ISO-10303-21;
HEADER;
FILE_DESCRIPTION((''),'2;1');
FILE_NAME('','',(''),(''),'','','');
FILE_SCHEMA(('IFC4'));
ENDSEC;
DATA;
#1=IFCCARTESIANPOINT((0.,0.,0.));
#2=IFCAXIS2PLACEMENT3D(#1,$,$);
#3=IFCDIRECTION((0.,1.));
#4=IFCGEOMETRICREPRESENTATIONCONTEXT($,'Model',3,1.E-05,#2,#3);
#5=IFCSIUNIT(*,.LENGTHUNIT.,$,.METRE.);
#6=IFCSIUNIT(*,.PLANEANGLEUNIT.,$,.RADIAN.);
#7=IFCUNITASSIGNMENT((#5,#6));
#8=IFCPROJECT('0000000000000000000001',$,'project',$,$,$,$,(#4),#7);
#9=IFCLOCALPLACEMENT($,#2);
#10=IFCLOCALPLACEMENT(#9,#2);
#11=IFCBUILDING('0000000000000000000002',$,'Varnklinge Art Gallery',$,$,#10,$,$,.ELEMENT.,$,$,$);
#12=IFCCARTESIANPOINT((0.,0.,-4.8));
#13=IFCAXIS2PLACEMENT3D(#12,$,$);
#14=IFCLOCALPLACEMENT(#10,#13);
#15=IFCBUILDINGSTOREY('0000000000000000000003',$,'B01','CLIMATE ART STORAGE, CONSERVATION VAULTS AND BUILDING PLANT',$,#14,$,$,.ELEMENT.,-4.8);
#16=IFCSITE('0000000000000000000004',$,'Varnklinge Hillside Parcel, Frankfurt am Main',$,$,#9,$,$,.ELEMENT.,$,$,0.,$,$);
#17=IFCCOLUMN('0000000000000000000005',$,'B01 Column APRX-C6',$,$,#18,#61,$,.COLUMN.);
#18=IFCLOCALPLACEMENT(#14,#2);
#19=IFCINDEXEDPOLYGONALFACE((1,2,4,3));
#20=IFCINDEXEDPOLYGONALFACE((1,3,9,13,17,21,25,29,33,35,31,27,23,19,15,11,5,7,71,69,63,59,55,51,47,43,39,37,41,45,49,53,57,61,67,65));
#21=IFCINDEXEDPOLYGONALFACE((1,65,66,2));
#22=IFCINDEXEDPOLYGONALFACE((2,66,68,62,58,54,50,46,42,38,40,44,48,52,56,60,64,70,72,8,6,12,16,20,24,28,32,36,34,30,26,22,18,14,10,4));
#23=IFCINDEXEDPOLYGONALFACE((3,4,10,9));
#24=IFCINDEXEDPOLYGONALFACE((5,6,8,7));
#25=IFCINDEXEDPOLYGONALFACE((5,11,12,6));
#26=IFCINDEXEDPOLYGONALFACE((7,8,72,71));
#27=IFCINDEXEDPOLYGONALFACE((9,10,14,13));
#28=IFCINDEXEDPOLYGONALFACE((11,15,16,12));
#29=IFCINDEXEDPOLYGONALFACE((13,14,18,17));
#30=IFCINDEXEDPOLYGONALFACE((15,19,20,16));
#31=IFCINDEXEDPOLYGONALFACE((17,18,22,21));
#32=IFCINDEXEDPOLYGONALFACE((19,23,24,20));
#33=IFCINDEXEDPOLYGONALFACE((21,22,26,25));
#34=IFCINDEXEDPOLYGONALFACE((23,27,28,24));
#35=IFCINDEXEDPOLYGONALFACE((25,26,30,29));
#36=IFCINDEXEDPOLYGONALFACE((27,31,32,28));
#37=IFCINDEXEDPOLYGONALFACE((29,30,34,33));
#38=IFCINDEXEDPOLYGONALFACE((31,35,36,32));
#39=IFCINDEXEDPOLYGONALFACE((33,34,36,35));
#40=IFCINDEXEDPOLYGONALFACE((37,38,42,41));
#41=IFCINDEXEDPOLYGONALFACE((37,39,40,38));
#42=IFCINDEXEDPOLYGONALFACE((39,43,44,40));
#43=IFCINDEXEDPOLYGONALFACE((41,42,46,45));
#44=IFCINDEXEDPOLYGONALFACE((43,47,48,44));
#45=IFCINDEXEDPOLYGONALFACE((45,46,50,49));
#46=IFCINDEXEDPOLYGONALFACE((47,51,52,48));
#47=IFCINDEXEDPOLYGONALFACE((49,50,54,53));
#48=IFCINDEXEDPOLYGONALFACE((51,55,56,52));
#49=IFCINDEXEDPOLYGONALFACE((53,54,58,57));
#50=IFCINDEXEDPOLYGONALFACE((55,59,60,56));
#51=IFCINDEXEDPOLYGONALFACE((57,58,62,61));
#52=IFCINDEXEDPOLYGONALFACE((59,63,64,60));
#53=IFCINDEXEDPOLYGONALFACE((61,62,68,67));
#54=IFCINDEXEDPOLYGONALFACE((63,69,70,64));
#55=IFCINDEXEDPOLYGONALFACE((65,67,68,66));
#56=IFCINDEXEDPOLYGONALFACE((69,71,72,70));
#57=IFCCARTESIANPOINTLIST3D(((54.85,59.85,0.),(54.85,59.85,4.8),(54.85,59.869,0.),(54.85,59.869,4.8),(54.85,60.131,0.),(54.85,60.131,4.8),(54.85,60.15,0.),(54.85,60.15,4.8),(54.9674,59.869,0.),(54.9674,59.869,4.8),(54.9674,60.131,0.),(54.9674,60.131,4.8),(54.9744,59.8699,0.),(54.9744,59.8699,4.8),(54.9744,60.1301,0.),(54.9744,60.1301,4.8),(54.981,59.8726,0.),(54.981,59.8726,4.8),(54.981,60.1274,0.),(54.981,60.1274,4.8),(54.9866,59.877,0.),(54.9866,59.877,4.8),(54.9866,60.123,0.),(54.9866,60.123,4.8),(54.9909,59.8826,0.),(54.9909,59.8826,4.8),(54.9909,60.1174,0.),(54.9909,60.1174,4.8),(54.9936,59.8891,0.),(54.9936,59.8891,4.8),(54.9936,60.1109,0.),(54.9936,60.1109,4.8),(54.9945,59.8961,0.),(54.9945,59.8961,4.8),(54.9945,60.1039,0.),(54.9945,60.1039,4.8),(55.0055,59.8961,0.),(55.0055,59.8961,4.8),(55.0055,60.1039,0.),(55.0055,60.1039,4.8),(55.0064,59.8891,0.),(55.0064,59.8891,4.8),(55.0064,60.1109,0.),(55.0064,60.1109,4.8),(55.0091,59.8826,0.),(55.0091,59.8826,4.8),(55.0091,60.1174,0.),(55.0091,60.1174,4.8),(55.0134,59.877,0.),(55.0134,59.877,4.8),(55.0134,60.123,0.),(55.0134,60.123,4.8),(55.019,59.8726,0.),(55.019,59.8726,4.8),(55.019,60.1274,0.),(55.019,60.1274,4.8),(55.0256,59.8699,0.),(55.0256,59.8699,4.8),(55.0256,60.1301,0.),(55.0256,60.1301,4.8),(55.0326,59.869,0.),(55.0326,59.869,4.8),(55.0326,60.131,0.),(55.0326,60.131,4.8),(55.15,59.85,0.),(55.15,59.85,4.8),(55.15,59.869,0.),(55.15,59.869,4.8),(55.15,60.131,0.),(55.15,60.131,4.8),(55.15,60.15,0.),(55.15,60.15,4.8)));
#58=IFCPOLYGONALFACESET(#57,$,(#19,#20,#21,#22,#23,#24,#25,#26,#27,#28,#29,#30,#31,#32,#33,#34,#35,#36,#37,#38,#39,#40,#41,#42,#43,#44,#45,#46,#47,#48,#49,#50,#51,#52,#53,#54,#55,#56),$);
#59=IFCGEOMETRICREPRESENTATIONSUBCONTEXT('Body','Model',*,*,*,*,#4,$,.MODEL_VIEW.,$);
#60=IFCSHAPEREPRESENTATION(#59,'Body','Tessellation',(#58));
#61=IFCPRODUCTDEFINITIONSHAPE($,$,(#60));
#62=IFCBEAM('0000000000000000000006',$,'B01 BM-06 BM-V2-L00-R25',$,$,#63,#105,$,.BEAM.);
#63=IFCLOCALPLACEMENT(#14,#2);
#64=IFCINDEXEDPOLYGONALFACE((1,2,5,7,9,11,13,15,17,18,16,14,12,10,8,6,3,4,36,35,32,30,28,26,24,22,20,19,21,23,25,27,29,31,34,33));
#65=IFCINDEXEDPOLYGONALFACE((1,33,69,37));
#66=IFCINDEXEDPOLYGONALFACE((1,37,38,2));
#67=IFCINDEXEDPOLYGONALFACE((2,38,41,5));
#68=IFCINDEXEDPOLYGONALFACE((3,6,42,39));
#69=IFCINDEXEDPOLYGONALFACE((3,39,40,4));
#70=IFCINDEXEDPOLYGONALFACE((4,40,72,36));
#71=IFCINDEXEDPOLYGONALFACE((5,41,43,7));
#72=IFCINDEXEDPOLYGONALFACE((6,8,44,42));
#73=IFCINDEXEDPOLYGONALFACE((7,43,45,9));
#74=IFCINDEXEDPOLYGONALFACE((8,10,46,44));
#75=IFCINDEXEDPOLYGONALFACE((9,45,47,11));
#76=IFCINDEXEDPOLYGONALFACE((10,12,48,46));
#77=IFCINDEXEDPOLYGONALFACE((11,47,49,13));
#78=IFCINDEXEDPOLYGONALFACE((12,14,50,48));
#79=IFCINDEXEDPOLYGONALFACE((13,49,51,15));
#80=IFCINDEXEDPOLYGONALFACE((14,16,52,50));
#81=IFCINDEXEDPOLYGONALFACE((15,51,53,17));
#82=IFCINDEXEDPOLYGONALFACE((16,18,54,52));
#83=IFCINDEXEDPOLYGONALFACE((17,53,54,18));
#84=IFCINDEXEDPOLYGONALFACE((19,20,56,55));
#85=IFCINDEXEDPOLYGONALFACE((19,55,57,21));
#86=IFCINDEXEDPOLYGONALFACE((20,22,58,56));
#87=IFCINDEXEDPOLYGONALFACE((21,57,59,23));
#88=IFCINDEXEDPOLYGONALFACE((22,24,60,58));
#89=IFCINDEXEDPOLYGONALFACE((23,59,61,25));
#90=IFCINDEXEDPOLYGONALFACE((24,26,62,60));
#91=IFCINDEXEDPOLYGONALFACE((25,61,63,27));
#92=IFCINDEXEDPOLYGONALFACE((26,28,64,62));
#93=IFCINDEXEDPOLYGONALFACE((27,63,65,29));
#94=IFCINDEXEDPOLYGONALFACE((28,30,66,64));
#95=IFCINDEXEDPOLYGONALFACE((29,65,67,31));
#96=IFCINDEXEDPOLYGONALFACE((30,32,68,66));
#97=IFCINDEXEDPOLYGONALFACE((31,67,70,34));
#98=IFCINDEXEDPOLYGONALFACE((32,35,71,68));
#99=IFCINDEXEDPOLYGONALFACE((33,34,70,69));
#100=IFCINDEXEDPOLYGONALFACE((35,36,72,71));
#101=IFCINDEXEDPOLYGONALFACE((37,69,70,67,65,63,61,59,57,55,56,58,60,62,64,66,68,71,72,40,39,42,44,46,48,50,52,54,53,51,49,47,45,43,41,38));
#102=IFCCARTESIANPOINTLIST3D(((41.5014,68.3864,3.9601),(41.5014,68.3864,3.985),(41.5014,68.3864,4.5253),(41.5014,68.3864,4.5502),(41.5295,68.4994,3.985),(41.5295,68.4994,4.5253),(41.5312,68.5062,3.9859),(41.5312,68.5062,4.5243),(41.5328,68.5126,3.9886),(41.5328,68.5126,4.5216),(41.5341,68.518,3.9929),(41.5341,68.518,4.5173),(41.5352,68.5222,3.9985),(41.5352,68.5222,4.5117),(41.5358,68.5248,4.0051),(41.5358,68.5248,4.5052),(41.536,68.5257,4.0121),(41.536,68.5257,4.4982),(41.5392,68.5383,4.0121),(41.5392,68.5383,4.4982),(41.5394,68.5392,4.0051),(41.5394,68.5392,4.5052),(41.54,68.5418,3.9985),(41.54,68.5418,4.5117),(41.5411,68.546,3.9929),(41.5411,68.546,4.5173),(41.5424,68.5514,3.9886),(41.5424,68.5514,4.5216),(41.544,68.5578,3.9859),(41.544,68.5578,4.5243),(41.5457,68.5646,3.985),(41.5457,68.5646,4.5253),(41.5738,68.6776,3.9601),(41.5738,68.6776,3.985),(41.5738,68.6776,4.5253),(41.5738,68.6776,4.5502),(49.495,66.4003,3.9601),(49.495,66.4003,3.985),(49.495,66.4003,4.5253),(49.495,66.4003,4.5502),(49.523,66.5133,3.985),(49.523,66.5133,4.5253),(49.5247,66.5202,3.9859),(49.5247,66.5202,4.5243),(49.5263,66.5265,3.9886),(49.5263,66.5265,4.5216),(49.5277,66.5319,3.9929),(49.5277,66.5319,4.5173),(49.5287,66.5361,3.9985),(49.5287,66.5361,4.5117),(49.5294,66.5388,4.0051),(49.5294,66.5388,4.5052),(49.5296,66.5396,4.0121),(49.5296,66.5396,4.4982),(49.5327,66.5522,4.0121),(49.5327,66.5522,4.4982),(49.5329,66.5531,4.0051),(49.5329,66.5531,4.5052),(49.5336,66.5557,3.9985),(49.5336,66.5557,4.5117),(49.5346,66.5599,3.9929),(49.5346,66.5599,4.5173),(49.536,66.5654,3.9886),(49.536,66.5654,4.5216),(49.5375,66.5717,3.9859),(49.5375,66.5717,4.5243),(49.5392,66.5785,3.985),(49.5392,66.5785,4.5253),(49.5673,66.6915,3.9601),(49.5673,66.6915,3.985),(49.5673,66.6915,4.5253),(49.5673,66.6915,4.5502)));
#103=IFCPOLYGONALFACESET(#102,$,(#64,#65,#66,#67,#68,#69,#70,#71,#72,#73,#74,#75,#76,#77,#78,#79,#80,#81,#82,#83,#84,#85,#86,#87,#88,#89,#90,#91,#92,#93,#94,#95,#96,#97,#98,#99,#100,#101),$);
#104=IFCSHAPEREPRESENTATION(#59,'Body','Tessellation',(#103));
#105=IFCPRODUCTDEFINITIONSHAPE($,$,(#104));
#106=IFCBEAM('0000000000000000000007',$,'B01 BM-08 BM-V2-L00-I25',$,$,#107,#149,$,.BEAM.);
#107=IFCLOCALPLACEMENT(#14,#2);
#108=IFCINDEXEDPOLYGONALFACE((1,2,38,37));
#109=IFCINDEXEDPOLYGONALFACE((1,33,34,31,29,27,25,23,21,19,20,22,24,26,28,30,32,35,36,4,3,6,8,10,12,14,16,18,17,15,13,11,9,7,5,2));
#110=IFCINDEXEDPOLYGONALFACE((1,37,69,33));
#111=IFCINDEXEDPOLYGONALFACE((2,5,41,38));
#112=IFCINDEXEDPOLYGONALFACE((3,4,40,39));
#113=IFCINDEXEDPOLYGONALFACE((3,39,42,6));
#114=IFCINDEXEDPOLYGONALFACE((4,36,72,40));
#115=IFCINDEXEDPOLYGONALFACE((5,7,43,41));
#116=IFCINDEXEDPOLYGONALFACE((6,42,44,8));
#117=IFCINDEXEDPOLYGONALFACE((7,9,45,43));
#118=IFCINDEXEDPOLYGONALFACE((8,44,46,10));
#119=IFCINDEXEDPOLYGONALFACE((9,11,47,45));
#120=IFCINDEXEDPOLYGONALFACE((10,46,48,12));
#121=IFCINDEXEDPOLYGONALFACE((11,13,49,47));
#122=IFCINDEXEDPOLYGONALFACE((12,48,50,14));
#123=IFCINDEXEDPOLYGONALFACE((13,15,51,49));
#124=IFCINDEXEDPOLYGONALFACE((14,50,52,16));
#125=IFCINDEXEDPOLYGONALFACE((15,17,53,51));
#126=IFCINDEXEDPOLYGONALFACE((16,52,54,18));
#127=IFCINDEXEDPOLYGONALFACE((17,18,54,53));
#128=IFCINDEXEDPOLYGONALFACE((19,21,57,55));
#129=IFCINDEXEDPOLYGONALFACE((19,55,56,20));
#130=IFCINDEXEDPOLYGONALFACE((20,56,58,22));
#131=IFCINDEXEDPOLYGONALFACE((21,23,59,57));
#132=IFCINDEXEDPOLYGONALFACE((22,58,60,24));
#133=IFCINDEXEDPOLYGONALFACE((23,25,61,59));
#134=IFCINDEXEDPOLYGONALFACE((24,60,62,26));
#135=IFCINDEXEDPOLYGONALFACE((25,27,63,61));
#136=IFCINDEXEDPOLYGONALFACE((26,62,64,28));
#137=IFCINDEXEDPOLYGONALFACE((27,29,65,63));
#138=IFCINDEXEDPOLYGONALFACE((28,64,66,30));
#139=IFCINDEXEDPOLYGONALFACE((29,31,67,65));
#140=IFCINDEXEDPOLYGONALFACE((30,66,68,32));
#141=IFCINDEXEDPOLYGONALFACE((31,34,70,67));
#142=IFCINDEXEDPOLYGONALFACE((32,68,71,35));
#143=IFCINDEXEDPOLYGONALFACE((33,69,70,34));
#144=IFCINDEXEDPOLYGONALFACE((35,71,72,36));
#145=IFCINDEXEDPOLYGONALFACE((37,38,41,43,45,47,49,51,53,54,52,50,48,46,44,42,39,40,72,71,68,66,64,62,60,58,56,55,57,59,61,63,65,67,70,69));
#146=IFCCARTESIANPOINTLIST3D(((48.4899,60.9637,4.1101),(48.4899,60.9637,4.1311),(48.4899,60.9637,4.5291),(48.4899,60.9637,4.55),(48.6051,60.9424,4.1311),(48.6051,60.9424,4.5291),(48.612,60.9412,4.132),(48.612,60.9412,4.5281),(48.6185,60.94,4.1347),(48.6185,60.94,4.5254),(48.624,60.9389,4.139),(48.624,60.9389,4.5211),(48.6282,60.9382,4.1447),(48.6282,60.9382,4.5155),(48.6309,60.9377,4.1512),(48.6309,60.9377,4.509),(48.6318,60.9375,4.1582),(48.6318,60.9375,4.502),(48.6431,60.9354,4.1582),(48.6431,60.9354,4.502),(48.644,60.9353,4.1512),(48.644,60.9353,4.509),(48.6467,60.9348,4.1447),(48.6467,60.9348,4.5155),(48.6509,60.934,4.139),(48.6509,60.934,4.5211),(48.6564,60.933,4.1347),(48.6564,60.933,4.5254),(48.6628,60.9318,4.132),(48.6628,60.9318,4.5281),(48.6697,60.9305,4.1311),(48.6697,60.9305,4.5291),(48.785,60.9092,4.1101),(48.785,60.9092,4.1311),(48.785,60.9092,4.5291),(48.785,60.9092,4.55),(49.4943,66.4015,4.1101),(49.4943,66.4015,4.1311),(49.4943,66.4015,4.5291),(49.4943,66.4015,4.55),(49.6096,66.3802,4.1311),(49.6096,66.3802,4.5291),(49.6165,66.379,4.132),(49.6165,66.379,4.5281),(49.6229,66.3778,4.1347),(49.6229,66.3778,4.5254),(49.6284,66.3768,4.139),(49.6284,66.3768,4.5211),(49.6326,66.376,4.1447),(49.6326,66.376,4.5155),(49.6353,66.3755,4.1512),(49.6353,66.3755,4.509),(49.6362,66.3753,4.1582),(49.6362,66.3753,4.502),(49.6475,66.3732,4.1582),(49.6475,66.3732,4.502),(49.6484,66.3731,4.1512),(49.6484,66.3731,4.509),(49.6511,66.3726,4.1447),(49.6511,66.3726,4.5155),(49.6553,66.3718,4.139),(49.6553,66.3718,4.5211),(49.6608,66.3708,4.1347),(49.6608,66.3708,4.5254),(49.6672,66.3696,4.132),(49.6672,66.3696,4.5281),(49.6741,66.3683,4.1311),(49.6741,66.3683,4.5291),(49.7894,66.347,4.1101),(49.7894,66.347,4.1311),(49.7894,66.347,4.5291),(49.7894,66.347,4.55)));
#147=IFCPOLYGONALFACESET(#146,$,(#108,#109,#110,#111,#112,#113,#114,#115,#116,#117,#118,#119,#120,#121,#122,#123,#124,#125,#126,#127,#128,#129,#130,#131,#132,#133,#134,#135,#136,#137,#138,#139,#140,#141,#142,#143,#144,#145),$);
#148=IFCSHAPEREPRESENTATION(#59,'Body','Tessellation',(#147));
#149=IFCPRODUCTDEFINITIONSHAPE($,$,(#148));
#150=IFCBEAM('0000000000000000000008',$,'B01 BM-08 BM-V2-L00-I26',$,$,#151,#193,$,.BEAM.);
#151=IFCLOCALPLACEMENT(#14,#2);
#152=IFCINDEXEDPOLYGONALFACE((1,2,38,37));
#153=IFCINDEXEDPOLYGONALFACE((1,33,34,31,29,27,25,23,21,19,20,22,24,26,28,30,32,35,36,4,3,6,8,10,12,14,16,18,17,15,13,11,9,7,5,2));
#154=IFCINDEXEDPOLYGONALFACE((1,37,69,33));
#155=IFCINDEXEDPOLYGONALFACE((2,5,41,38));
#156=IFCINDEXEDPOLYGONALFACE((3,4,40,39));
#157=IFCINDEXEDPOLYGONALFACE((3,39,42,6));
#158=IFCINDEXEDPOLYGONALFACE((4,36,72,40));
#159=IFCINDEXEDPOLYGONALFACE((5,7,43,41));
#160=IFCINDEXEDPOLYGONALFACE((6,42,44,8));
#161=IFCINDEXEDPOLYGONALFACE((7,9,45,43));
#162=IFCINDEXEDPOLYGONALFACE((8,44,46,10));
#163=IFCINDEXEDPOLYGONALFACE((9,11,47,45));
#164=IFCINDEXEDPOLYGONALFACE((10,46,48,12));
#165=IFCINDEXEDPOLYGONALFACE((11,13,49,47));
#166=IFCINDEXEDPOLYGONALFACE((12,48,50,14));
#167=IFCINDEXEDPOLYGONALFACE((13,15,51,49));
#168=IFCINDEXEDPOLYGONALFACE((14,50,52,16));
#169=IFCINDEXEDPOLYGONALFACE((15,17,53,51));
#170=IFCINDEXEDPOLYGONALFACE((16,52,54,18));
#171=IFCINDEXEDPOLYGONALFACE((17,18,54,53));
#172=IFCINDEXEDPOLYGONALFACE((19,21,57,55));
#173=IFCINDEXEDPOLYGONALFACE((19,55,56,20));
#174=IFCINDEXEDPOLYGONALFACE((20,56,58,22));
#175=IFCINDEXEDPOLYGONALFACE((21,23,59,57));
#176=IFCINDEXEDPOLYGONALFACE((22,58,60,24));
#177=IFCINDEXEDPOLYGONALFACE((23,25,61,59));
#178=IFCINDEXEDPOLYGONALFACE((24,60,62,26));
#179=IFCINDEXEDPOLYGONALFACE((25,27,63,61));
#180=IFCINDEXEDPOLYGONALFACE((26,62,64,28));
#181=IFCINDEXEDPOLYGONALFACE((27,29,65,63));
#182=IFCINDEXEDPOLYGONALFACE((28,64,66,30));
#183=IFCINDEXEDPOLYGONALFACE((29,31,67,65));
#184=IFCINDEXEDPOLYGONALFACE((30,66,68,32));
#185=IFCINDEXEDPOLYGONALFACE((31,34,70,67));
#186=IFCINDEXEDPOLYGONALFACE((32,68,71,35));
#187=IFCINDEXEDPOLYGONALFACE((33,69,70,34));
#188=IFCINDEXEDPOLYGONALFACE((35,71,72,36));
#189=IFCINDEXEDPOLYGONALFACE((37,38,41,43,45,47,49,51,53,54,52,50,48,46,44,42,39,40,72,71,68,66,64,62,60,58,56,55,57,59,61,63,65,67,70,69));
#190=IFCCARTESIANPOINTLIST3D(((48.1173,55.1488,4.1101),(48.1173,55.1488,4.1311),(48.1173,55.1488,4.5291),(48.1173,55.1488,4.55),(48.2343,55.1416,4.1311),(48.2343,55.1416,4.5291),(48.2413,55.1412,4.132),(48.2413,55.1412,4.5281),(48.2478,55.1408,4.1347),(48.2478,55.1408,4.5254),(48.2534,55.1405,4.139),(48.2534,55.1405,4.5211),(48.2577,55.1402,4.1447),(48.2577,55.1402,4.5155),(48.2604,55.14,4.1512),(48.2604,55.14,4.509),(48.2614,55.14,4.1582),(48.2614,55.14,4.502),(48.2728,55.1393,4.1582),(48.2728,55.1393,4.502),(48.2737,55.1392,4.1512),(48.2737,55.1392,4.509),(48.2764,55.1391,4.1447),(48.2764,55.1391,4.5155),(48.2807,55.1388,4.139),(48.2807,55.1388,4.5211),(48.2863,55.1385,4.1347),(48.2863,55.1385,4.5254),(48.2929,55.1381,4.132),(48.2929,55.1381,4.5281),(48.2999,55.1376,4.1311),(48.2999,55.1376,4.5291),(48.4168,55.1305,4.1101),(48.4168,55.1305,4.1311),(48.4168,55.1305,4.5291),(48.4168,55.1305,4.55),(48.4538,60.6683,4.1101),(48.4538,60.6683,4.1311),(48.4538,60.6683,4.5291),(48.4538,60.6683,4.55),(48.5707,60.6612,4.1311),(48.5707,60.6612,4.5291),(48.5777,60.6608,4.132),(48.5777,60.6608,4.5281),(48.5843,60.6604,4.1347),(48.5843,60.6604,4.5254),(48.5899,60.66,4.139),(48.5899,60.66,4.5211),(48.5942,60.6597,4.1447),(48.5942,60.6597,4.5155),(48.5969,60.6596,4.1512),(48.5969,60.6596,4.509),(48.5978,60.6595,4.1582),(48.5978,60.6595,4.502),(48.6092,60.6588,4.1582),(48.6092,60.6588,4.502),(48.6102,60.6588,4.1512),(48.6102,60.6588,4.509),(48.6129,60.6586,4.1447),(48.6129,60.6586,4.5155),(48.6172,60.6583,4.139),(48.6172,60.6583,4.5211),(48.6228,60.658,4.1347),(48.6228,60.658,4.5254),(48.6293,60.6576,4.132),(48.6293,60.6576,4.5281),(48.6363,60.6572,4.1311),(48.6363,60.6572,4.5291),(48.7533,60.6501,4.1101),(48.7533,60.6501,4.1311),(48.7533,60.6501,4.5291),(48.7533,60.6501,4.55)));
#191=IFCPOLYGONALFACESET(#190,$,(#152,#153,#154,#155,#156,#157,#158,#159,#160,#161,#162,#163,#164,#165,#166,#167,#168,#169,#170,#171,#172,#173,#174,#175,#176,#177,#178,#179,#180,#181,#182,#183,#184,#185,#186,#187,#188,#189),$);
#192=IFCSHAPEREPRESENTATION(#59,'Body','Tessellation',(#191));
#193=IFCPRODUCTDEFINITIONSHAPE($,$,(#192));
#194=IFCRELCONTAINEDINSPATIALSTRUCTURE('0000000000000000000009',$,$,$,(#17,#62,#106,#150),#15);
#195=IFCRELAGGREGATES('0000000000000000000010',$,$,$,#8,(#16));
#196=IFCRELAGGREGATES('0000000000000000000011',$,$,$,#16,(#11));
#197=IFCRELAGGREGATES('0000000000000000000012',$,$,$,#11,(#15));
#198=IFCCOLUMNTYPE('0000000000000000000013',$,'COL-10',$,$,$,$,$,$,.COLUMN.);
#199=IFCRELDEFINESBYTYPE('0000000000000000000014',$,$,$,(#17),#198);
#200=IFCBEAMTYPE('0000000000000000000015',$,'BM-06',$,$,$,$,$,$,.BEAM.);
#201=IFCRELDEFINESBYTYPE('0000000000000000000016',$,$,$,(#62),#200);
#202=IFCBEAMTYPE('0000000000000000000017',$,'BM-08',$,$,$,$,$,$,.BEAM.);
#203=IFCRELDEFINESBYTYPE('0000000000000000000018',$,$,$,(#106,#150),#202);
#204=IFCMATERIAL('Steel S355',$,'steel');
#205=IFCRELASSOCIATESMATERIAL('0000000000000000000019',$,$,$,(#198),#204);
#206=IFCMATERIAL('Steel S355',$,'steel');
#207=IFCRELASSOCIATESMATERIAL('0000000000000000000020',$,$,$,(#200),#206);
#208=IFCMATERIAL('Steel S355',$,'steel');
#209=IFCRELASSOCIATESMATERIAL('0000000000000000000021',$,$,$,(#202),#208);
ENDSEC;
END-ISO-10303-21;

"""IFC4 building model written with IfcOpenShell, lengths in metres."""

from ifc_helpers import new_model, si_unit, direction, frame, origin, origin_2d, place, context, subcontext, project, spatial, i_section, extrude, material, material_profile, profile_set, type_object, element, save


model = new_model("IFC4")

# Units and contexts
model_context = context("Model", 3, precision=1e-05, world=origin(), true_north=direction((0.0, 1.0)))
body_context = subcontext(model_context, "Body", "Model", "MODEL_VIEW")
ifc_project = project(units=[si_unit("LENGTHUNIT", "METRE"), si_unit("PLANEANGLEUNIT", "RADIAN")], contexts=[model_context])

# Site, building, storey
site_placement = place(None, origin())
site = spatial("IfcSite", under=ifc_project, at=site_placement, Name="Varnklinge Hillside Parcel, Frankfurt am Main", CompositionType="ELEMENT", RefElevation=0.0)
building_placement = place(site_placement, origin())
building = spatial("IfcBuilding", under=site, at=building_placement, Name="Varnklinge Art Gallery", CompositionType="ELEMENT")
storey_placement = place(building_placement, frame((0.0, 0.0, -4.8)))
storey = spatial("IfcBuildingStorey", under=building, at=storey_placement, Name="B01", Description="CLIMATE ART STORAGE, CONSERVATION VAULTS AND BUILDING PLANT", CompositionType="ELEMENT", Elevation=-4.8)

# Column
ifc_material_1 = material(Name="Steel S355", Category="steel")
ifc_material_profile_1 = material_profile(ifc_material_1, i_section(OverallWidth=0.3, OverallDepth=0.3, WebThickness=0.011, FlangeThickness=0.019, FilletRadius=0.0271, at=origin_2d()), Name="HEB 300")
ifc_profile_set_1 = profile_set([ifc_material_profile_1], Name="Steel S355")
column_type_1 = type_object("IfcColumnType", Name="COL-10", PredefinedType="COLUMN", material=ifc_profile_set_1)
column_placement = place(storey_placement, frame((55.0, 60.0, 0.0), z_axis=(0.0, 0.0, 1.0), x_axis=(1.0, 0.0, 0.0)))
element("IfcColumn", 1, at=column_placement, inside=storey, type_object=column_type_1, Name="B01 Column APRX-C6", PredefinedType="COLUMN", context=body_context, shape_type="SweptSolid", body=[
    extrude(i_section(OverallWidth=0.3, OverallDepth=0.3, WebThickness=0.011, FlangeThickness=0.019, FilletRadius=0.0271, at=origin_2d()), origin(), (0.0, 0.0, 1.0), 4.8),
])

# Beams
ifc_material_2 = material(Name="Steel S355", Category="steel")
ifc_material_profile_2 = material_profile(ifc_material_2, i_section(OverallWidth=0.3, OverallDepth=0.5901, WebThickness=0.0129, FlangeThickness=0.0249, FilletRadius=0.0271, at=origin_2d()), Name="HEA 600")
ifc_profile_set_2 = profile_set([ifc_material_profile_2], Name="Steel S355")
beam_type_1 = type_object("IfcBeamType", Name="BM-06", PredefinedType="BEAM", material=ifc_profile_set_2)
beam_1_placement = place(storey_placement, frame((41.5376, 68.532, 4.2551), z_axis=(0.970494, -0.241127, 0.0), x_axis=(0.241127, 0.970494, 0.0)))
element("IfcBeam", 2, at=beam_1_placement, inside=storey, type_object=beam_type_1, Name="B01 BM-06 BM-V2-L00-R25", PredefinedType="BEAM", context=body_context, shape_type="SweptSolid", body=[
    extrude(i_section(OverallWidth=0.3, OverallDepth=0.5901, WebThickness=0.0129, FlangeThickness=0.0249, FilletRadius=0.0271, at=origin_2d()), origin(), (0.0, 0.0, 1.0), 8.2366),
])
ifc_material_3 = material(Name="Steel S355", Category="steel")
ifc_material_profile_3 = material_profile(ifc_material_3, i_section(OverallWidth=0.3, OverallDepth=0.4399, WebThickness=0.0115, FlangeThickness=0.021, FilletRadius=0.0271, at=origin_2d()), Name="HEA 450")
ifc_profile_set_3 = profile_set([ifc_material_profile_3], Name="Steel S355")
beam_type_2 = type_object("IfcBeamType", Name="BM-08", PredefinedType="BEAM", material=ifc_profile_set_3)
for number, where, z_axis, x_axis, name in (
    (3, (49.6418, 66.3743, 4.3301), (-0.181635, -0.983366, 0.0), (0.983366, -0.181635, 0.0), "B01 BM-08 BM-V2-L00-I25"),
    (4, (48.6035, 60.6592, 4.3301), (-0.060839, -0.998148, 0.0), (0.998148, -0.060839, 0.0), "B01 BM-08 BM-V2-L00-I26"),
):
    element("IfcBeam", number, at=place(storey_placement, frame(where, z_axis=z_axis, x_axis=x_axis)), inside=storey, type_object=beam_type_2, Name=name, PredefinedType="BEAM", context=body_context, shape_type="SweptSolid", body=[
        extrude(i_section(OverallWidth=0.3, OverallDepth=0.4399, WebThickness=0.0115, FlangeThickness=0.021, FilletRadius=0.0271, at=origin_2d()), origin(), (0.0, 0.0, 1.0), 5.5298),
    ])

save(model, "model.ifc")
